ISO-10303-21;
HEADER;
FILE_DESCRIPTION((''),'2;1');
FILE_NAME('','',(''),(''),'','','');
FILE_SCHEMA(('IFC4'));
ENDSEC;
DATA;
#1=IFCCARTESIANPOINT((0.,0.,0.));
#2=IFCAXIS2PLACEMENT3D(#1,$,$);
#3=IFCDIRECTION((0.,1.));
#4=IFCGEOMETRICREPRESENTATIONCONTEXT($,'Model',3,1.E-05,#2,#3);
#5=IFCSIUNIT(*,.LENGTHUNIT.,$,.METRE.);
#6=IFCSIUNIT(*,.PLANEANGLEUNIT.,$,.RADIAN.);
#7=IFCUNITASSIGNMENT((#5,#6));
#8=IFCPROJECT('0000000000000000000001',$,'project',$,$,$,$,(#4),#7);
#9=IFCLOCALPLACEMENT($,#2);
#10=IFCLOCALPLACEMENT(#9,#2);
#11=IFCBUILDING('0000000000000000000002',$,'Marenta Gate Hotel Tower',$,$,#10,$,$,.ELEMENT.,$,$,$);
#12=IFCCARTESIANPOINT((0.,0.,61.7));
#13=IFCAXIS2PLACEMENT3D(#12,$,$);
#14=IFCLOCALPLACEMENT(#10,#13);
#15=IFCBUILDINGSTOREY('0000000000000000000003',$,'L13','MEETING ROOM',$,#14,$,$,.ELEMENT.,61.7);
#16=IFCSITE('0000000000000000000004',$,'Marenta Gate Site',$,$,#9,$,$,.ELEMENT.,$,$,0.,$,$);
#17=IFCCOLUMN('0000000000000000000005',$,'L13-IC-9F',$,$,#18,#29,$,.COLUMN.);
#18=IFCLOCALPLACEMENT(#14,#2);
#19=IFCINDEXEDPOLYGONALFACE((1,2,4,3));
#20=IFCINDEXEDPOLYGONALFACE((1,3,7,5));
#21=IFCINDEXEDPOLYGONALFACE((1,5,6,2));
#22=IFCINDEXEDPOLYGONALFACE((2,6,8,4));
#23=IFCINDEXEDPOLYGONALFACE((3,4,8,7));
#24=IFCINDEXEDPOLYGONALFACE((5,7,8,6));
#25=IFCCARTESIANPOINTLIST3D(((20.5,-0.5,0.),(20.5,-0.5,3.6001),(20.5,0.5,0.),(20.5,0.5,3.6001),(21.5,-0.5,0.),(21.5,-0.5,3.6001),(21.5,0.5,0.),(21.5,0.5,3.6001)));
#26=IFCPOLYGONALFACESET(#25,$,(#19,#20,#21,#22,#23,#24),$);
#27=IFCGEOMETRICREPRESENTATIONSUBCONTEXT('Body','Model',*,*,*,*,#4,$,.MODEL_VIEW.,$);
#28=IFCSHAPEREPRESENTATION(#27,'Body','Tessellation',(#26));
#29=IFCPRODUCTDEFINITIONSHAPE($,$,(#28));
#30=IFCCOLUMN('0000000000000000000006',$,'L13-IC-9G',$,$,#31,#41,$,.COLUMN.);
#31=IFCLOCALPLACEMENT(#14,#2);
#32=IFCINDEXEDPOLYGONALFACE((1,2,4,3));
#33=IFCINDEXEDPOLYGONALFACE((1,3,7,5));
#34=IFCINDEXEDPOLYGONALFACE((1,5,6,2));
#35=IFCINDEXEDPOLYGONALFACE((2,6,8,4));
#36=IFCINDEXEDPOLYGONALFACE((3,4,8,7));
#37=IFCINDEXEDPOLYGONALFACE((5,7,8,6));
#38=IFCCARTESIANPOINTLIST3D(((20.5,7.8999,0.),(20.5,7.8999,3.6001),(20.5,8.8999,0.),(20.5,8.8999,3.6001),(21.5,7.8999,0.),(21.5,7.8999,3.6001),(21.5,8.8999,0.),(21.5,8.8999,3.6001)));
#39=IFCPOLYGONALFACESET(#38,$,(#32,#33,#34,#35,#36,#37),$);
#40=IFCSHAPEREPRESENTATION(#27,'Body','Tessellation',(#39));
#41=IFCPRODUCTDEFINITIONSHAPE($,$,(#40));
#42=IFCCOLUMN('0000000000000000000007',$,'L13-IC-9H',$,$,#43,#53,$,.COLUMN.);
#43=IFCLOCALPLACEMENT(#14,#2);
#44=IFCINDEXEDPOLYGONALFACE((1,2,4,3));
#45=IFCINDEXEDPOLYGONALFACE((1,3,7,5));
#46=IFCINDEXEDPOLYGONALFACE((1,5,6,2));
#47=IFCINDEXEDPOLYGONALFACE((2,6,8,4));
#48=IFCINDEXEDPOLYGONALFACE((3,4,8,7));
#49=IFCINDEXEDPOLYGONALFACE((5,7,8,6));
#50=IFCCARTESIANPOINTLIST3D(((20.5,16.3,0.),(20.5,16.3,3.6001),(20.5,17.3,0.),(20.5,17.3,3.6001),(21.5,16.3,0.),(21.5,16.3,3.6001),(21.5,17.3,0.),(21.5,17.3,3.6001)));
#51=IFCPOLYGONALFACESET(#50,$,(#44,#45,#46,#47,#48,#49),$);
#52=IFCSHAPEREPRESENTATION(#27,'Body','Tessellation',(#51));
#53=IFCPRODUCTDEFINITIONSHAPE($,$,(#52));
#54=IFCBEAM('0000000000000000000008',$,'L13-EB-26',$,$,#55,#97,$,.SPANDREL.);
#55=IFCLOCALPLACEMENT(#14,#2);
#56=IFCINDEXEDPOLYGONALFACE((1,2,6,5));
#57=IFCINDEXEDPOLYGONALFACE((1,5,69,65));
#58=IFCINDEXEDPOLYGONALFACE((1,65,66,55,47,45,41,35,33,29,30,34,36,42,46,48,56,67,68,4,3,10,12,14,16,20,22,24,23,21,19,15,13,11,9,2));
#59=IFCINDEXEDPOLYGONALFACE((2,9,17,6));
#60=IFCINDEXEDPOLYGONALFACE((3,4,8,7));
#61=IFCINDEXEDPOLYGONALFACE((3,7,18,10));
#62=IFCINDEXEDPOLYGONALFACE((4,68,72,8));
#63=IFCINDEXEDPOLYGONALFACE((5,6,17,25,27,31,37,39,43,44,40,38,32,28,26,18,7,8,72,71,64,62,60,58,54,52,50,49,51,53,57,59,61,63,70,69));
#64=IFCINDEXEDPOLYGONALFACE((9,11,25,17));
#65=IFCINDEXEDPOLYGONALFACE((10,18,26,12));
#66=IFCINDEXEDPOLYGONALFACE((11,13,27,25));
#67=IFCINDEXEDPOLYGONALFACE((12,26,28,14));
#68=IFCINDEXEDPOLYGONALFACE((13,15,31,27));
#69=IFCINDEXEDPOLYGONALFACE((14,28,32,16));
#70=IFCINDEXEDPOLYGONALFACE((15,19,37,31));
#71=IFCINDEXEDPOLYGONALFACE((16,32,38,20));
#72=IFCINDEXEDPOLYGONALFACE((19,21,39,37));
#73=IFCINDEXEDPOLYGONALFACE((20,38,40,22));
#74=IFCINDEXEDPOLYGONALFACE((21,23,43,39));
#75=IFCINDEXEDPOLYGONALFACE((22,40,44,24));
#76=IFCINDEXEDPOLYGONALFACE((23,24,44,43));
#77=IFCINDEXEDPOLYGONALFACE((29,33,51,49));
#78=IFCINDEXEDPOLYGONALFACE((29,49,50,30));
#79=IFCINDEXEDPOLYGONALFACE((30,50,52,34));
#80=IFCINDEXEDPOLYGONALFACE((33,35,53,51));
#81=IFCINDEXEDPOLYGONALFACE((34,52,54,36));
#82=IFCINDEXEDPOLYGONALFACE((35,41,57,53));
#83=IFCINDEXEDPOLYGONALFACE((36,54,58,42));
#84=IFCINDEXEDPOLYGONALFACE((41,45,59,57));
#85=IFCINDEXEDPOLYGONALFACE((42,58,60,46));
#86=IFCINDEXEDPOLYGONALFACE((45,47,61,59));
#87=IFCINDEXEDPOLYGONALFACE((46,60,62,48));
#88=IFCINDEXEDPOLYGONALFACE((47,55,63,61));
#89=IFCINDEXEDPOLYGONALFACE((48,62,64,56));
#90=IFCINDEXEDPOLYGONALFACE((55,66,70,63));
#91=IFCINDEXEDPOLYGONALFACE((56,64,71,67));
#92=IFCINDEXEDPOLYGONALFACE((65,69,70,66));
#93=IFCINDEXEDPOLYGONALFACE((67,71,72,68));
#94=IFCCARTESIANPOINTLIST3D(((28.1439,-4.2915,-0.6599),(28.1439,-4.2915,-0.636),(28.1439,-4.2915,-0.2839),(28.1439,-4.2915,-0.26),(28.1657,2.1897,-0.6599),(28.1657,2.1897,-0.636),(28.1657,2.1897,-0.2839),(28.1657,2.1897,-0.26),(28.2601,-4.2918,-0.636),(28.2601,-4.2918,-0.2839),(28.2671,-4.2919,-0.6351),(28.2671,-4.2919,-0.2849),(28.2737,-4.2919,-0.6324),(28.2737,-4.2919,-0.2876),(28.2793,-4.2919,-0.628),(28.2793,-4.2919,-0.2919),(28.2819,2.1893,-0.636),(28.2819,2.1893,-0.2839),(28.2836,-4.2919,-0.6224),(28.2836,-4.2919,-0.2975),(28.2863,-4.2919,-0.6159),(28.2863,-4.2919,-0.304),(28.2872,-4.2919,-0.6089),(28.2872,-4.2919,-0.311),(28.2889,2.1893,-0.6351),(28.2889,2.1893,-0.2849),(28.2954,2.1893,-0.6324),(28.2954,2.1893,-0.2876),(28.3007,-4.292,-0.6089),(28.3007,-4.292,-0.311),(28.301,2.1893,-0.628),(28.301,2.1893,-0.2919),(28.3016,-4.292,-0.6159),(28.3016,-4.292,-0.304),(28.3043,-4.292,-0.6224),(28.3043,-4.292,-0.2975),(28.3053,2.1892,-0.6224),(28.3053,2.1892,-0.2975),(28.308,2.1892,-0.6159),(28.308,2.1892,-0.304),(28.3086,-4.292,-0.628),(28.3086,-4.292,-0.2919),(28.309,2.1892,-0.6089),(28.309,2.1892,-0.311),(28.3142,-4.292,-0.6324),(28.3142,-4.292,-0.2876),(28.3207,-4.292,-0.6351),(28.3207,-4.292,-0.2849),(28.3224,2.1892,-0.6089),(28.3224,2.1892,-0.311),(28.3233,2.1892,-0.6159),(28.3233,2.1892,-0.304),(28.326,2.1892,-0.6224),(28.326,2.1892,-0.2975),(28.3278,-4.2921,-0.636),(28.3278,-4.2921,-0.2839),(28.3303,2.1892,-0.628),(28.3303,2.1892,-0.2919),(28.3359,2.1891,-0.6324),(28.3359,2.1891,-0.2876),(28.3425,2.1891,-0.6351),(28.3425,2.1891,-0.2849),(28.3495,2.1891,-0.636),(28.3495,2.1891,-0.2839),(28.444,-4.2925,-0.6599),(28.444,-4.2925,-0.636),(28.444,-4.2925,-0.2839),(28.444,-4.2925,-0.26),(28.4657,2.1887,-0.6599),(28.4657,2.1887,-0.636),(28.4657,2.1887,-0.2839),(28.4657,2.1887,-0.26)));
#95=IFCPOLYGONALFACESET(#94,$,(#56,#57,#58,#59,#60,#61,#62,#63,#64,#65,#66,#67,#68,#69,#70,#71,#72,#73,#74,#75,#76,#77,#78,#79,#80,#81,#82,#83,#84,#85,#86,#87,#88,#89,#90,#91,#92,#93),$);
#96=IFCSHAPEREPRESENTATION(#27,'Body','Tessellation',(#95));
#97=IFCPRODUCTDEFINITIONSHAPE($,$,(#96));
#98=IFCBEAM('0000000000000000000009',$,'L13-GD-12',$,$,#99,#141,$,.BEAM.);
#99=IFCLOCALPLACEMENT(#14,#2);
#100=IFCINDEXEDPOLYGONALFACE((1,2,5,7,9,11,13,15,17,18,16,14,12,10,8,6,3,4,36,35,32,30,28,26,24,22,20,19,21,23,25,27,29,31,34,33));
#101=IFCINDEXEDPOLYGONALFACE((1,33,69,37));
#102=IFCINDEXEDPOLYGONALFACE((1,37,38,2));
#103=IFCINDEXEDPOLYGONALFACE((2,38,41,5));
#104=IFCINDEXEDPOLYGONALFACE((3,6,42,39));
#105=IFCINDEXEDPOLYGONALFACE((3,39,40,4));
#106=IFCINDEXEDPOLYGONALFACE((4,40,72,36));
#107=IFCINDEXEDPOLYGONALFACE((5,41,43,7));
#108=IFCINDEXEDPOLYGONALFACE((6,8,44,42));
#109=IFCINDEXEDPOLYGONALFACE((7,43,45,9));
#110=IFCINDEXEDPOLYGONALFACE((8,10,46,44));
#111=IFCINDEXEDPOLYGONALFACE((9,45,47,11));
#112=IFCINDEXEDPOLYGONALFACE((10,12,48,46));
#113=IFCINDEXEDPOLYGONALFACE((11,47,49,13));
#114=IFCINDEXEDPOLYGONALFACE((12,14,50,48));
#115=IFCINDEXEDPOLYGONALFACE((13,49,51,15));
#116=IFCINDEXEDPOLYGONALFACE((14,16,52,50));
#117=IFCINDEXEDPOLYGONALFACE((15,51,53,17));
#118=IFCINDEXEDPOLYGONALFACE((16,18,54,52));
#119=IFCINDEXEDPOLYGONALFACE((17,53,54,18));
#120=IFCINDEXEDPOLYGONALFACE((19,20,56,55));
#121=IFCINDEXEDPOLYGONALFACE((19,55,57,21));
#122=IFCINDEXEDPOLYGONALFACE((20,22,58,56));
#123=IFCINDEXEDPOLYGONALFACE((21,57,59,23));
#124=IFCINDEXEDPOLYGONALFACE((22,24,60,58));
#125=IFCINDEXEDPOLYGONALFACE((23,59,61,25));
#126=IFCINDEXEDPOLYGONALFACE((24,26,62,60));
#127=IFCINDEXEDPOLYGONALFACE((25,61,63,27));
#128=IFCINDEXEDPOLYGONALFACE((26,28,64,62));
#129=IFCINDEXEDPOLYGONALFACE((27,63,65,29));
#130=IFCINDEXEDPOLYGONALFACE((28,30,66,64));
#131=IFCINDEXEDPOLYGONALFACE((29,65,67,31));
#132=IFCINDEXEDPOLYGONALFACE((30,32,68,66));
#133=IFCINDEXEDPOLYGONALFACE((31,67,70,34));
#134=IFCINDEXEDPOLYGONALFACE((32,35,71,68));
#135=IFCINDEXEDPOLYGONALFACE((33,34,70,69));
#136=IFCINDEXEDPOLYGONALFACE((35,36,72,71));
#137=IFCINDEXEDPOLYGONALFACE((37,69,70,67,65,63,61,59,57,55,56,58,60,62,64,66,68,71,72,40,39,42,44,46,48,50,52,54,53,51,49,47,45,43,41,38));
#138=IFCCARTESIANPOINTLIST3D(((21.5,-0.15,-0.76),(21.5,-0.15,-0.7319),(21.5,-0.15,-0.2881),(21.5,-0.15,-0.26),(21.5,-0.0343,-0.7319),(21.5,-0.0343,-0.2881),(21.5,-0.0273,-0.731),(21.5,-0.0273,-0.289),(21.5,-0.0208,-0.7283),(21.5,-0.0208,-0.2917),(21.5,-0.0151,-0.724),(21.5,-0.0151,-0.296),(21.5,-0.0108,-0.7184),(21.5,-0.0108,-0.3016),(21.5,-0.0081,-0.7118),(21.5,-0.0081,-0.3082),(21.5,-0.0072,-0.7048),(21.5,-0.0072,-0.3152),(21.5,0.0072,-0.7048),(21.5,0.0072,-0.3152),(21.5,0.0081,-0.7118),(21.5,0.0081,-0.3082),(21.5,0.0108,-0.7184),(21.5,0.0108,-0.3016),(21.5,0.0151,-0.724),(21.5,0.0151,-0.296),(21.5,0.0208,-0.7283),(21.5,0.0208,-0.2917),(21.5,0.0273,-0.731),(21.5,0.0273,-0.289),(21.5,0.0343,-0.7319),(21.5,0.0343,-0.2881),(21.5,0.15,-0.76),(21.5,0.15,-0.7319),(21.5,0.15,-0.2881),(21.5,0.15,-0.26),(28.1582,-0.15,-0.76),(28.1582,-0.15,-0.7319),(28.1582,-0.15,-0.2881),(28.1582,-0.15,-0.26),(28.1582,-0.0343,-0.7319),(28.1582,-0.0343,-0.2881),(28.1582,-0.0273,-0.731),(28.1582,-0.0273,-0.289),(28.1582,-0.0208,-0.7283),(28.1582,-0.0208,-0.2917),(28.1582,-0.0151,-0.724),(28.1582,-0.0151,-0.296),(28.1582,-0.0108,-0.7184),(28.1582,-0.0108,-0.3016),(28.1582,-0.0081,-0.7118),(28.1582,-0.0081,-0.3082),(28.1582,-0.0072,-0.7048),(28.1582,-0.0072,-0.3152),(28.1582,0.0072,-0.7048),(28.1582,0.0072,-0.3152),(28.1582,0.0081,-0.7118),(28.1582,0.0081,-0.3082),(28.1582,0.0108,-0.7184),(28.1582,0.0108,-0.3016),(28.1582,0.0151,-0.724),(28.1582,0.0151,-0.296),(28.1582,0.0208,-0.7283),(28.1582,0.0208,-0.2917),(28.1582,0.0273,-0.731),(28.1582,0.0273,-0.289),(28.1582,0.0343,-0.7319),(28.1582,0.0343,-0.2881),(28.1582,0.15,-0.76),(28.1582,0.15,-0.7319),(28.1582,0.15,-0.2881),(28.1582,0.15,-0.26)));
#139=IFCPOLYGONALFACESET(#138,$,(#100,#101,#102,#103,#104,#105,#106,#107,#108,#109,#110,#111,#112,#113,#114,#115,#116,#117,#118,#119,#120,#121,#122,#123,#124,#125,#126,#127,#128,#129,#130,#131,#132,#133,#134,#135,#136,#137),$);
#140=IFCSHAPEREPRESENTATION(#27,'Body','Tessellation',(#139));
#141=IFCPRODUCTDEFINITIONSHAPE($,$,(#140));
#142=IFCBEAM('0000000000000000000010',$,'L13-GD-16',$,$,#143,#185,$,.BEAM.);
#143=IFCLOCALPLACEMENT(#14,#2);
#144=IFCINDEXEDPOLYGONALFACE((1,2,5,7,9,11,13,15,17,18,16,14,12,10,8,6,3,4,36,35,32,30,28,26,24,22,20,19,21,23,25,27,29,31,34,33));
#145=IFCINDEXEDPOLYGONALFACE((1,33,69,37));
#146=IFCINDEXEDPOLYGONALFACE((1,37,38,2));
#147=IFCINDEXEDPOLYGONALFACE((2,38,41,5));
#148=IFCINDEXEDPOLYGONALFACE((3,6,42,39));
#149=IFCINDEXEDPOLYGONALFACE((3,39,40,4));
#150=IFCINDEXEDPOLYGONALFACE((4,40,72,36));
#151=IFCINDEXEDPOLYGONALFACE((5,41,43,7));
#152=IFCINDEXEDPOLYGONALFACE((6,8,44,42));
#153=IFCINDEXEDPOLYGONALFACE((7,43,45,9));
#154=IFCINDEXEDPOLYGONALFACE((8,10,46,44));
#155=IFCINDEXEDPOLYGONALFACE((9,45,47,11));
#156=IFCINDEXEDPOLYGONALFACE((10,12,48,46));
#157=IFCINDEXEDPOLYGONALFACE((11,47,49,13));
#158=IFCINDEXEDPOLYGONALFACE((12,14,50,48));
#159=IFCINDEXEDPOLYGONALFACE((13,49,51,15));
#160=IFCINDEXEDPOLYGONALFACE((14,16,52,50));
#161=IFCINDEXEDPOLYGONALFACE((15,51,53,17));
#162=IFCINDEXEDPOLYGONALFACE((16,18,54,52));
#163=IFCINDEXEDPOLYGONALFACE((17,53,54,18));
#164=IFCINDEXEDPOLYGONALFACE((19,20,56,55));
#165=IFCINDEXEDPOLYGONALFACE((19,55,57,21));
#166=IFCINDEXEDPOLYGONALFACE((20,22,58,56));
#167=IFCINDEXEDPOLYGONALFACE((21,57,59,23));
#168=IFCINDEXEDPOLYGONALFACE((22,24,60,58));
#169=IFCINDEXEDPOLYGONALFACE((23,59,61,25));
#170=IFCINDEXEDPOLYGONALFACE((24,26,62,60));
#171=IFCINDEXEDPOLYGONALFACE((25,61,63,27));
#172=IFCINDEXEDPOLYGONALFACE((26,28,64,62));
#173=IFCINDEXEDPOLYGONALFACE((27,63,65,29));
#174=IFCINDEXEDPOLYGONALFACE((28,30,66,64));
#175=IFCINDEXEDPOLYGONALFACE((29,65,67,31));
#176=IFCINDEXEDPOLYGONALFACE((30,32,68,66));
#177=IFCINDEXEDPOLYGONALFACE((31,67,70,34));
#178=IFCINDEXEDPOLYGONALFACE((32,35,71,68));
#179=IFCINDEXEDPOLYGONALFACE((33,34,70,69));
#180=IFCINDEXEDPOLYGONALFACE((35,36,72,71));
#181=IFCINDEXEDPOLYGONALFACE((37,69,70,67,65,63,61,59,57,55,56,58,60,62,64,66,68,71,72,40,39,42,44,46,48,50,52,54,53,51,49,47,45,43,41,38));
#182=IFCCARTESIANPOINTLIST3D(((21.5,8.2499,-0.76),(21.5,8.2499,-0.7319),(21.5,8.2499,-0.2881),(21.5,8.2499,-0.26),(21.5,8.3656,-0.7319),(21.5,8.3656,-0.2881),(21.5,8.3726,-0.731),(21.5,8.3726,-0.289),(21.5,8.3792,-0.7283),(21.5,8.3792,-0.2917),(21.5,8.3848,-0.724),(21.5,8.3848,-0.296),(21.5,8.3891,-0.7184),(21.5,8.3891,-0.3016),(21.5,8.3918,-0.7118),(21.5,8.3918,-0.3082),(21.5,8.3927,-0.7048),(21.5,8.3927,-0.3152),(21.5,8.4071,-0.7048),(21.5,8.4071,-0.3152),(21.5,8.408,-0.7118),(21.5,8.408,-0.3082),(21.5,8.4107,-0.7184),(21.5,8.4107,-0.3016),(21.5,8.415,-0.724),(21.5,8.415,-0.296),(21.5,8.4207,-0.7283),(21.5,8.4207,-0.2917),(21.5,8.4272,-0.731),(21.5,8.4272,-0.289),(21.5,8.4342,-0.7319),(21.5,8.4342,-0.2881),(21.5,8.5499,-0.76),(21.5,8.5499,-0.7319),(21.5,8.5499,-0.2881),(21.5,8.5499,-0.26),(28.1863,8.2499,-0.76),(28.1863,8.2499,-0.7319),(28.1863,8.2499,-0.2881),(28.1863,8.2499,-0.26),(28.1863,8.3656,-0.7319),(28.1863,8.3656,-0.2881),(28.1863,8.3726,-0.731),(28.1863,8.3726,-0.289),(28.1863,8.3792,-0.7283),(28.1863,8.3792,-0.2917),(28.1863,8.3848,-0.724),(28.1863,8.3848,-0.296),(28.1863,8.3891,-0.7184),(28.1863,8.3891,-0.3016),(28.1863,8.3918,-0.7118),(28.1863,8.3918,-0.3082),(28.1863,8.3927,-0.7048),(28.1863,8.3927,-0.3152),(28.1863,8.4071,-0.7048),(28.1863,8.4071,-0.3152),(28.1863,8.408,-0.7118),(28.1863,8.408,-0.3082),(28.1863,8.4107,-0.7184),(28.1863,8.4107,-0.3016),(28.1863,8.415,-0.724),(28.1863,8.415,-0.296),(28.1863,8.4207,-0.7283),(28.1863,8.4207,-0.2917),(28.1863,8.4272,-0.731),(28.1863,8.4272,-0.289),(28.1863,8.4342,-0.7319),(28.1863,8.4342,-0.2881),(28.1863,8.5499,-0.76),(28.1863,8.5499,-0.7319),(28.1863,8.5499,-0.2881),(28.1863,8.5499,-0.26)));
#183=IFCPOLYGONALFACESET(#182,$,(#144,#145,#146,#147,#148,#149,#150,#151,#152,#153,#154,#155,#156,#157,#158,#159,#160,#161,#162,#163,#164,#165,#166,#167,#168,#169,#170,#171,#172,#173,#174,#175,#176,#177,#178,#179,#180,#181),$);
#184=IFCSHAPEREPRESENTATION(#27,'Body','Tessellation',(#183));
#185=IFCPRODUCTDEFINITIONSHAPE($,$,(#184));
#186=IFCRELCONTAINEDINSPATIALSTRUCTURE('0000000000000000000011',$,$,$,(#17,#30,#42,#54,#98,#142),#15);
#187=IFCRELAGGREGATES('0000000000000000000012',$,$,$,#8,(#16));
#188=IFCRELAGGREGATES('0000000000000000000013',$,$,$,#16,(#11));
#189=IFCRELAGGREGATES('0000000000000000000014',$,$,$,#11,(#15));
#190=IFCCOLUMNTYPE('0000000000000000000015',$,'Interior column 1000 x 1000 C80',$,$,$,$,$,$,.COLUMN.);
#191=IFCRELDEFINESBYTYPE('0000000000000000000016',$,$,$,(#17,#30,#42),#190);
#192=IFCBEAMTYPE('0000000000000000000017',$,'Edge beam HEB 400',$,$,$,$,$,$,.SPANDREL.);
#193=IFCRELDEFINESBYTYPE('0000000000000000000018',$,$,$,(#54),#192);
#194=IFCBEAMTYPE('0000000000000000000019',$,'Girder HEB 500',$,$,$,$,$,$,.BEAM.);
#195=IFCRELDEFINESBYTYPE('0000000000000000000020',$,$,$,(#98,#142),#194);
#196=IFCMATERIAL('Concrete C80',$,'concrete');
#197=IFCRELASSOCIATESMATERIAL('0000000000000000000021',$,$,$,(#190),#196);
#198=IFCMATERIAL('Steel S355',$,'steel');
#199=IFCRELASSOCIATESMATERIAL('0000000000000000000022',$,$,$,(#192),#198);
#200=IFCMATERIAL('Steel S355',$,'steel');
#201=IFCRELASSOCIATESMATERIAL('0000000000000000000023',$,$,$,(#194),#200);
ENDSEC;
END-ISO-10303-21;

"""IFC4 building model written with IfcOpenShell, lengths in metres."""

from ifc_helpers import new_model, si_unit, direction, frame, origin, origin_2d, place, context, subcontext, project, spatial, rectangle, i_section, extrude, material, material_profile, profile_set, type_object, element, save


model = new_model("IFC4")

# Units and contexts
model_context = context("Model", 3, precision=1e-05, world=origin(), true_north=direction((0.0, 1.0)))
body_context = subcontext(model_context, "Body", "Model", "MODEL_VIEW")
ifc_project = project(units=[si_unit("LENGTHUNIT", "METRE"), si_unit("PLANEANGLEUNIT", "RADIAN")], contexts=[model_context])

# Site, building, storey
site_placement = place(None, origin())
site = spatial("IfcSite", under=ifc_project, at=site_placement, Name="Marenta Gate Site", CompositionType="ELEMENT", RefElevation=0.0)
building_placement = place(site_placement, origin())
building = spatial("IfcBuilding", under=site, at=building_placement, Name="Marenta Gate Hotel Tower", CompositionType="ELEMENT")
storey_placement = place(building_placement, frame((0.0, 0.0, 61.7)))
storey = spatial("IfcBuildingStorey", under=building, at=storey_placement, Name="L13", Description="MEETING ROOM", CompositionType="ELEMENT", Elevation=61.7)

# Columns
ifc_material_1 = material(Name="Concrete C80", Category="concrete")
ifc_material_profile_1 = material_profile(ifc_material_1, rectangle(XDim=1.0, YDim=1.0, at=origin_2d()), Name="1000 x 1000")
ifc_profile_set_1 = profile_set([ifc_material_profile_1], Name="Concrete C80")
column_type = type_object("IfcColumnType", Name="Interior column 1000 x 1000 C80", PredefinedType="COLUMN", material=ifc_profile_set_1)
for number, where, z_axis, x_axis, name in (
    (1, (21.0, 0.0, 0.0), (0.0, 0.0, 1.0), (1.0, 0.0, 0.0), "L13-IC-9F"),
    (2, (21.0, 8.3999, 0.0), (0.0, 0.0, 1.0), (1.0, 0.0, 0.0), "L13-IC-9G"),
    (3, (21.0, 16.8, 0.0), (0.0, 0.0, 1.0), (1.0, 0.0, 0.0), "L13-IC-9H"),
):
    element("IfcColumn", number, at=place(storey_placement, frame(where, z_axis=z_axis, x_axis=x_axis)), inside=storey, type_object=column_type, Name=name, PredefinedType="COLUMN", context=body_context, shape_type="SweptSolid", body=[
        extrude(rectangle(XDim=1.0, YDim=1.0, at=origin_2d()), origin(), (0.0, 0.0, 1.0), 3.6001),
    ])

# Beams
ifc_material_2 = material(Name="Steel S355", Category="steel")
ifc_material_profile_2 = material_profile(ifc_material_2, i_section(OverallWidth=0.3, OverallDepth=0.3999, WebThickness=0.0134, FlangeThickness=0.0239, FilletRadius=0.0271, at=origin_2d()), Name="HEB 400")
ifc_profile_set_2 = profile_set([ifc_material_profile_2], Name="Steel S355")
beam_type_1 = type_object("IfcBeamType", Name="Edge beam HEB 400", PredefinedType="SPANDREL", material=ifc_profile_set_2)
beam_1_placement = place(storey_placement, frame((28.3157, 2.1892, -0.46), z_axis=(-0.003353, -0.999994, 0.0), x_axis=(0.999994, -0.003353, 0.0)))
element("IfcBeam", 4, at=beam_1_placement, inside=storey, type_object=beam_type_1, Name="L13-EB-26", PredefinedType="SPANDREL", context=body_context, shape_type="SweptSolid", body=[
    extrude(i_section(OverallWidth=0.3, OverallDepth=0.3999, WebThickness=0.0134, FlangeThickness=0.0239, FilletRadius=0.0271, at=origin_2d()), origin(), (0.0, 0.0, 1.0), 6.4812),
])
ifc_material_3 = material(Name="Steel S355", Category="steel")
ifc_material_profile_3 = material_profile(ifc_material_3, i_section(OverallWidth=0.3, OverallDepth=0.5, WebThickness=0.0144, FlangeThickness=0.0281, FilletRadius=0.0271, at=origin_2d()), Name="HEB 500")
ifc_profile_set_3 = profile_set([ifc_material_profile_3], Name="Steel S355")
beam_type_2 = type_object("IfcBeamType", Name="Girder HEB 500", PredefinedType="BEAM", material=ifc_profile_set_3)
beam_2_placement = place(storey_placement, frame((21.5, 0.0, -0.51), z_axis=(1.0, 0.0, 0.0), x_axis=(0.0, 1.0, 0.0)))
element("IfcBeam", 5, at=beam_2_placement, inside=storey, type_object=beam_type_2, Name="L13-GD-12", PredefinedType="BEAM", context=body_context, shape_type="SweptSolid", body=[
    extrude(i_section(OverallWidth=0.3, OverallDepth=0.5, WebThickness=0.0144, FlangeThickness=0.0281, FilletRadius=0.0271, at=origin_2d()), origin(), (0.0, 0.0, 1.0), 6.6582),
])
beam_3_placement = place(storey_placement, frame((21.5, 8.3999, -0.51), z_axis=(1.0, 0.0, 0.0), x_axis=(0.0, 1.0, 0.0)))
element("IfcBeam", 6, at=beam_3_placement, inside=storey, type_object=beam_type_2, Name="L13-GD-16", PredefinedType="BEAM", context=body_context, shape_type="SweptSolid", body=[
    extrude(i_section(OverallWidth=0.3, OverallDepth=0.5, WebThickness=0.0144, FlangeThickness=0.0281, FilletRadius=0.0271, at=origin_2d()), origin(), (0.0, 0.0, 1.0), 6.6863),
])

save(model, "model.ifc")
